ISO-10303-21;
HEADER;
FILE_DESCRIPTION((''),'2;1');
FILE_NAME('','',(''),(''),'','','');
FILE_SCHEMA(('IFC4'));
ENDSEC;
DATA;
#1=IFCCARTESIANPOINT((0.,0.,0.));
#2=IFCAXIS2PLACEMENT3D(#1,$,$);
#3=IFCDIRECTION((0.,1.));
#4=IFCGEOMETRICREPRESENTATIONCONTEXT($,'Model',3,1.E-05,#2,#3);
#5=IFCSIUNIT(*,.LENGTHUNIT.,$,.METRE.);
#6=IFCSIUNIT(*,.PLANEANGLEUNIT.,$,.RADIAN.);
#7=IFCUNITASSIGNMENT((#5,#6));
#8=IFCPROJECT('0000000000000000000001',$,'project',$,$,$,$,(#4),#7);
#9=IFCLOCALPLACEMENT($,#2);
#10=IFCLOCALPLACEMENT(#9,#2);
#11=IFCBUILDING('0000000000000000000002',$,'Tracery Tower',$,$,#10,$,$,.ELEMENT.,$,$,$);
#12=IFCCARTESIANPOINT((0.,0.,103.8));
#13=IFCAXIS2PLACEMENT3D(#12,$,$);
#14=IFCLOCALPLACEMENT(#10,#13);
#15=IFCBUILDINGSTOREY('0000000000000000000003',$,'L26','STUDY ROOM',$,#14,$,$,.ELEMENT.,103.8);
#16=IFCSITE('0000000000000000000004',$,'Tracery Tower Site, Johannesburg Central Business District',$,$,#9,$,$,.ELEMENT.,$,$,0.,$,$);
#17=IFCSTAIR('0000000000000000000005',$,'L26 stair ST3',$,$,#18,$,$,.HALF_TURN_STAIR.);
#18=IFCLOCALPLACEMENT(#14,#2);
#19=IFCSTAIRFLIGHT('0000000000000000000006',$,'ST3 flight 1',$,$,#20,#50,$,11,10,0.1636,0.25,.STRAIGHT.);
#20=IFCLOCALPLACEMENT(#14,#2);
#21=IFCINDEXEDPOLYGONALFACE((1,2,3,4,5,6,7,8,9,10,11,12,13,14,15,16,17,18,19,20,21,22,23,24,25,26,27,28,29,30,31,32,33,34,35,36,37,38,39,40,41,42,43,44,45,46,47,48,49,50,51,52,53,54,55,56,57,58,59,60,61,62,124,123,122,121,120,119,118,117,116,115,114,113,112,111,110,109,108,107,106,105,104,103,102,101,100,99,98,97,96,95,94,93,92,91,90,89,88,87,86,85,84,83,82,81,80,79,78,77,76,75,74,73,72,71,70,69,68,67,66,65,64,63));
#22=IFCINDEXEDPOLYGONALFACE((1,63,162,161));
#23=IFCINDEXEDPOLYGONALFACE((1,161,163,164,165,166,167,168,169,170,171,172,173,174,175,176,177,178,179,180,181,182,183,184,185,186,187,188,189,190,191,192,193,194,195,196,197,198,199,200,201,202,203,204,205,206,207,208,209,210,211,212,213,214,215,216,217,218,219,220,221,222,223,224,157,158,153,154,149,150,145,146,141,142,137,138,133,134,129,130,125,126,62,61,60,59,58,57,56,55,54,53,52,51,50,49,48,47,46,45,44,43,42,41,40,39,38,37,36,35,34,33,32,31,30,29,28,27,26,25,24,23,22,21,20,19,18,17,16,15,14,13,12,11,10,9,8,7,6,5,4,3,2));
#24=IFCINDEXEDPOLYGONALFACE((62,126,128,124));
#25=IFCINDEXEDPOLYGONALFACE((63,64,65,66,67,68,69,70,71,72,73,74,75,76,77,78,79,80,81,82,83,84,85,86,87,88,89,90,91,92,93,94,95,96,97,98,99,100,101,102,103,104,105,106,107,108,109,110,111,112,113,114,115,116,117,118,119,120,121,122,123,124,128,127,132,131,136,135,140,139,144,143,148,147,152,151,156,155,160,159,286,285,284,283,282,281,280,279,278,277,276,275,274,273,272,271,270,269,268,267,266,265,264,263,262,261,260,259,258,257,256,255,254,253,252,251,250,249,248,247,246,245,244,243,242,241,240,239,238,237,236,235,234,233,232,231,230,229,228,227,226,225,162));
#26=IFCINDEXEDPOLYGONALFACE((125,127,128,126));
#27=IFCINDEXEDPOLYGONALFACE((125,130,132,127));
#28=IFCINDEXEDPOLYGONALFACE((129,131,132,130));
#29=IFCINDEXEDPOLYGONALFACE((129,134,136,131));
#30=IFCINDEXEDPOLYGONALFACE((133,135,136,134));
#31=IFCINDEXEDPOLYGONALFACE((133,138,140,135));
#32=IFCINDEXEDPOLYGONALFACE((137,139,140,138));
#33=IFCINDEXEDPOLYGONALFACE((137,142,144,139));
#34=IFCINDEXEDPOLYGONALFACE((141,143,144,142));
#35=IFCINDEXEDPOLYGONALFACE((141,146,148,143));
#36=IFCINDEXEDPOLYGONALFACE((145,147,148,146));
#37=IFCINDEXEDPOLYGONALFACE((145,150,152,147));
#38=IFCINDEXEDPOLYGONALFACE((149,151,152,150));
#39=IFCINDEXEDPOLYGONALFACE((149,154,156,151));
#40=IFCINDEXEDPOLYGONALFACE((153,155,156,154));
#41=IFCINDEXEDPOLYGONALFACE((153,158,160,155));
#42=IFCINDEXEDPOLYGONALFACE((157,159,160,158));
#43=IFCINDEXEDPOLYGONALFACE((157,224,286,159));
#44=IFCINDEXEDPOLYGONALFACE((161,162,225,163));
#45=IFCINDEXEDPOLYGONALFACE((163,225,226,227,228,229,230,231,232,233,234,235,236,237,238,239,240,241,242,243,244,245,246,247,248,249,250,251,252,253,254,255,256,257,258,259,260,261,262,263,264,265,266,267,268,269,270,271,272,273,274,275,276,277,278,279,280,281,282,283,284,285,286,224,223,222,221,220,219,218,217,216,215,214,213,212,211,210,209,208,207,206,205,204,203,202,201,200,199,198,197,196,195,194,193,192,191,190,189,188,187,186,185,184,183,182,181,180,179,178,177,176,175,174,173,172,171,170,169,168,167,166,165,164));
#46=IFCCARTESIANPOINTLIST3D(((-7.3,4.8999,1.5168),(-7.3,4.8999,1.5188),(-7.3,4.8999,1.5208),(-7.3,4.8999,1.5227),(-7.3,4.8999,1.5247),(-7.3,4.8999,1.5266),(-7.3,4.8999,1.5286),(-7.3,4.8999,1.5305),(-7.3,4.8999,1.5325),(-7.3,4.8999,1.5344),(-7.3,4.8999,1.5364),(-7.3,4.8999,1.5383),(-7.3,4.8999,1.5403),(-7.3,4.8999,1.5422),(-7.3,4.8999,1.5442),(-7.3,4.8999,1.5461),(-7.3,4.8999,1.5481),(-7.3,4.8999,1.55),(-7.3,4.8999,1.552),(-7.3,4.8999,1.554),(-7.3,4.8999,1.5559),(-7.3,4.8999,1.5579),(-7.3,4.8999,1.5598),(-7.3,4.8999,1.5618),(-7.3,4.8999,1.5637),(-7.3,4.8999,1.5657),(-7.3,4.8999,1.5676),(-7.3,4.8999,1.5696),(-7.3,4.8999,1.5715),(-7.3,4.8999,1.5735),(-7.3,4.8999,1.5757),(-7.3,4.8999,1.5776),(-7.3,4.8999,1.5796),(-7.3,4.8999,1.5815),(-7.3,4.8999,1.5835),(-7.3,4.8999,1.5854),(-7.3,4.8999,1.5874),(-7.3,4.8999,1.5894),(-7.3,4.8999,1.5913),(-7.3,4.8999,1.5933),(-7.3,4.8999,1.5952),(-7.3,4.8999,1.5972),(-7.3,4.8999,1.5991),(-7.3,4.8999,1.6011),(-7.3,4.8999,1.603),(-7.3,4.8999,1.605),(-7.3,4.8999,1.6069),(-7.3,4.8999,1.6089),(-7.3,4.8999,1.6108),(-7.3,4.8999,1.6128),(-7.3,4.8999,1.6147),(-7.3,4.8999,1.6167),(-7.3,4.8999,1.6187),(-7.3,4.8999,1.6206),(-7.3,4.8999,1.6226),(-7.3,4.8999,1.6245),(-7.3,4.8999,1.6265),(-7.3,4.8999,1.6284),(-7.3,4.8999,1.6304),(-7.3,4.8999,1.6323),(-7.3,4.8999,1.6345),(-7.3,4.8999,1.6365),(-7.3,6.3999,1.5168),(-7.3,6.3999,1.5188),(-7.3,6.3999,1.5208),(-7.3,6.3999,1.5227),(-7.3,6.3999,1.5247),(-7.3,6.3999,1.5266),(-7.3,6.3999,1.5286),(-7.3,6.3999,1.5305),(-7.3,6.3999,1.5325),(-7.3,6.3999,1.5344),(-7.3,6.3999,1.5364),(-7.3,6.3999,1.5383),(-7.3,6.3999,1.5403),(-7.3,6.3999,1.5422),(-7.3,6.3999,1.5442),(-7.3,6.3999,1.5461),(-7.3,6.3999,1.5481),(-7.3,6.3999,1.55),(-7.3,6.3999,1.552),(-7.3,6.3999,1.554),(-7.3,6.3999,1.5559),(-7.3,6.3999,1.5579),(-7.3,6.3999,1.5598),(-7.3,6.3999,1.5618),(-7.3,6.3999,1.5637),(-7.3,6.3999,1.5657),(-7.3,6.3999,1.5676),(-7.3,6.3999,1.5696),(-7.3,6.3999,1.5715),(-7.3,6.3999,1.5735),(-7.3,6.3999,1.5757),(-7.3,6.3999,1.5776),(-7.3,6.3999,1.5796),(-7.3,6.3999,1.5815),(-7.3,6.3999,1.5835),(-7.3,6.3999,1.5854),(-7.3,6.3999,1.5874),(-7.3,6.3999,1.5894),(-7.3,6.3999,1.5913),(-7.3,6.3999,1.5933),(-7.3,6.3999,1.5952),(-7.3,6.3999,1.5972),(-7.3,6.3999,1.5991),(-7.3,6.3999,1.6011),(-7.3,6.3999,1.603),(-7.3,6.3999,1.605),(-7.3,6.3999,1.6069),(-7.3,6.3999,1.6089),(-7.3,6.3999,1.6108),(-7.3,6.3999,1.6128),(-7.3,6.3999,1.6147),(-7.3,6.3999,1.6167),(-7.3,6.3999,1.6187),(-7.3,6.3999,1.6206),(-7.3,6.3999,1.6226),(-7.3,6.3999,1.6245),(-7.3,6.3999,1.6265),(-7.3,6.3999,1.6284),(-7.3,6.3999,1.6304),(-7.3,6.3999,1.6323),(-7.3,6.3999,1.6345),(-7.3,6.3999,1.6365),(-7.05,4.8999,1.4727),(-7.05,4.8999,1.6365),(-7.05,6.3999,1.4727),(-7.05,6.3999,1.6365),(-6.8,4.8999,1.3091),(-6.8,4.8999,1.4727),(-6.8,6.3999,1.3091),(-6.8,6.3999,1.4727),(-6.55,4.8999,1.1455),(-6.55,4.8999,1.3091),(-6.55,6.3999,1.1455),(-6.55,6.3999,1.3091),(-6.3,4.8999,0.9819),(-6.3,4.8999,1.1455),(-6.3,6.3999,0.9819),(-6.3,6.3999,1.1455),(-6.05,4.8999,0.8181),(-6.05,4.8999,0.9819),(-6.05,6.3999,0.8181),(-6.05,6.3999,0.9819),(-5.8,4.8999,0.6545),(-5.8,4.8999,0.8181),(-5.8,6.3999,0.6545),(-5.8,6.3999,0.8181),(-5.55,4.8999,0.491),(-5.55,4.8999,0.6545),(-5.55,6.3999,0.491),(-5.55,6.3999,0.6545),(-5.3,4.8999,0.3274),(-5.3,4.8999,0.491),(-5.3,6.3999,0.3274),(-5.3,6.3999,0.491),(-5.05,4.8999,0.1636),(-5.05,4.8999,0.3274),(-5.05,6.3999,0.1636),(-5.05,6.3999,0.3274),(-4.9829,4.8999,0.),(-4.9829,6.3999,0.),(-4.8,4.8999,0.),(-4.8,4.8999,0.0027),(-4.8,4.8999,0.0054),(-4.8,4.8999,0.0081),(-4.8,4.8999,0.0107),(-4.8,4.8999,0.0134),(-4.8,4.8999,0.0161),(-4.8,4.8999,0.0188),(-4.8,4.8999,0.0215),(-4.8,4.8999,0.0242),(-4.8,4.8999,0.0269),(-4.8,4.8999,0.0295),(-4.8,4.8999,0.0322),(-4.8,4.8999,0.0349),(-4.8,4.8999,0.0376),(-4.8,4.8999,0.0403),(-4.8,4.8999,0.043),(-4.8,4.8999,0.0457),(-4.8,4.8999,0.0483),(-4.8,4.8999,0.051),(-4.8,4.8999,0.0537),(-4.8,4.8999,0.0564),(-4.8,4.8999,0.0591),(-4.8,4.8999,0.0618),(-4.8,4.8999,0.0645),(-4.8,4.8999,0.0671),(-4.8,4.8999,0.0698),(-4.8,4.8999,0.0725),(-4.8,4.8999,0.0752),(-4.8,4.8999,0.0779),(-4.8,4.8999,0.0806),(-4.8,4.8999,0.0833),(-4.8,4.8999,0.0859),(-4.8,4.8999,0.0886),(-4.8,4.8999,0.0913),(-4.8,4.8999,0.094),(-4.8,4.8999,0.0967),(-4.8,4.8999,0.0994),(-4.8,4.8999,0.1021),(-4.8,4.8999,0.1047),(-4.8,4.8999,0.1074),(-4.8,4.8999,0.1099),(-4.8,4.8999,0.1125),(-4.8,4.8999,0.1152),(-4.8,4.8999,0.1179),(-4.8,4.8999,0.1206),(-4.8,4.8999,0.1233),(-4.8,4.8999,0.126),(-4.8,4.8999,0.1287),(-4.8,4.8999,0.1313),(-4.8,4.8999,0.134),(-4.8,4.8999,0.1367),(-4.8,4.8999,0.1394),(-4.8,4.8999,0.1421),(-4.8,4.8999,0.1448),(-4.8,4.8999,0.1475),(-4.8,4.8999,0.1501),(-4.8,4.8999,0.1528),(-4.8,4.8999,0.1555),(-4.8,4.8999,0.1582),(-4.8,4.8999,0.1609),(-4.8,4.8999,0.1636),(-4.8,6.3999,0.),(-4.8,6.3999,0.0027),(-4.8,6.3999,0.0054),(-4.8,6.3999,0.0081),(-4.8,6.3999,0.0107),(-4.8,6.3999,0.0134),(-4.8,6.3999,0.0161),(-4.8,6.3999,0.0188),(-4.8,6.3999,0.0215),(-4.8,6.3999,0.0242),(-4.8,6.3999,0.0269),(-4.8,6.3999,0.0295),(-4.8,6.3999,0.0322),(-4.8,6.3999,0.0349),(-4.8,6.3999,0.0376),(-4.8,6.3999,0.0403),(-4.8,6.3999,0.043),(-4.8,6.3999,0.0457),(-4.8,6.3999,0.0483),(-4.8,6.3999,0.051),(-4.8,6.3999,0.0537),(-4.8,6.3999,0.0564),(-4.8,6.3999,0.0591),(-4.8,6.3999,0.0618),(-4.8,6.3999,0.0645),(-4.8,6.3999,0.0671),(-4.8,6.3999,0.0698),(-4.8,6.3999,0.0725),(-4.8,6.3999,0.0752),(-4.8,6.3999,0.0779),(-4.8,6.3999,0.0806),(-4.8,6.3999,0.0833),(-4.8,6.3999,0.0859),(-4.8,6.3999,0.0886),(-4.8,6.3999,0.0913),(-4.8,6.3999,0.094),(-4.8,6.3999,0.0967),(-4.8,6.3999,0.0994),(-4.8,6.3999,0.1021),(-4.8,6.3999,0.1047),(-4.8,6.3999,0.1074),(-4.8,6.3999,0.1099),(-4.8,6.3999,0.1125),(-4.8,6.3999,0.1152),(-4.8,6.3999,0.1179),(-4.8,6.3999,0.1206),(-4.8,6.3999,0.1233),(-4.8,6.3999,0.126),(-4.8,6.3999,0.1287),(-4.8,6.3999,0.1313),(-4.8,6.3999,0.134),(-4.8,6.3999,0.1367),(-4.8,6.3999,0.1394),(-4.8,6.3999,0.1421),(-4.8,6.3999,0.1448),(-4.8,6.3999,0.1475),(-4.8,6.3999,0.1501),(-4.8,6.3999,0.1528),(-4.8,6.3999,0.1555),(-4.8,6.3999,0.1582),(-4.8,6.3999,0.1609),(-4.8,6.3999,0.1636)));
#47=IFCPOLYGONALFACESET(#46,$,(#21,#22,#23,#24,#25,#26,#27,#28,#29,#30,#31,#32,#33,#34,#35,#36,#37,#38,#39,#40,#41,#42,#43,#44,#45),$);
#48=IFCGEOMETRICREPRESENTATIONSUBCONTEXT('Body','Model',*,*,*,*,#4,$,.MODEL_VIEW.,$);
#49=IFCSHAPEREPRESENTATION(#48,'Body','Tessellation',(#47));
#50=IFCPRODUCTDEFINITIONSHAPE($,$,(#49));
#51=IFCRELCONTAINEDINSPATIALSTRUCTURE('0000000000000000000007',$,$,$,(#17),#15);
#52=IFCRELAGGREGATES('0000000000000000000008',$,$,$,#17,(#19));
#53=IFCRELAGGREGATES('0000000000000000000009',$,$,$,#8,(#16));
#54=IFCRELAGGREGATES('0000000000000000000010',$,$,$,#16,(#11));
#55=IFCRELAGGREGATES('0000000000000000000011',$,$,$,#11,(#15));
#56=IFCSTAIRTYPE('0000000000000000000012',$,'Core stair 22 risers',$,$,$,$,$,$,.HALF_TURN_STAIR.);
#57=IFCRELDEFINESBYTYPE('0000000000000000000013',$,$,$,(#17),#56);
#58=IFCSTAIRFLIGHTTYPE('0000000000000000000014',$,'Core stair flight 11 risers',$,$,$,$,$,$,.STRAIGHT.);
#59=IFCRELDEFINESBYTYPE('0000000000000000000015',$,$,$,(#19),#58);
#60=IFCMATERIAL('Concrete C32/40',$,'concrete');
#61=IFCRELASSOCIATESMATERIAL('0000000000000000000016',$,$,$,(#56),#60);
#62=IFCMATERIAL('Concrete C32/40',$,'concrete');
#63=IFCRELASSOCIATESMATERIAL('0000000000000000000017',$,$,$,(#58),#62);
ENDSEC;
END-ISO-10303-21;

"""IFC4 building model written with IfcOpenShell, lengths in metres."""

from ifc_helpers import new_model, si_unit, direction, frame, origin, place, context, subcontext, project, spatial, polyline, outline, extrude, material, type_object, element, aggregate, save


model = new_model("IFC4")

# Units and contexts
model_context = context("Model", 3, precision=1e-05, world=origin(), true_north=direction((0.0, 1.0)))
body_context = subcontext(model_context, "Body", "Model", "MODEL_VIEW")
ifc_project = project(units=[si_unit("LENGTHUNIT", "METRE"), si_unit("PLANEANGLEUNIT", "RADIAN")], contexts=[model_context])

# Site, building, storey
site_placement = place(None, origin())
site = spatial("IfcSite", under=ifc_project, at=site_placement, Name="Tracery Tower Site, Johannesburg Central Business District", CompositionType="ELEMENT", RefElevation=0.0)
building_placement = place(site_placement, origin())
building = spatial("IfcBuilding", under=site, at=building_placement, Name="Tracery Tower", CompositionType="ELEMENT")
storey_placement = place(building_placement, frame((0.0, 0.0, 103.8)))
storey = spatial("IfcBuildingStorey", under=building, at=storey_placement, Name="L26", Description="STUDY ROOM", CompositionType="ELEMENT", Elevation=103.8)

# Stair, stair flight
ifc_material_1 = material(Name="Concrete C32/40", Category="concrete")
stair_type = type_object("IfcStairType", Name="Core stair 22 risers", PredefinedType="HALF_TURN_STAIR", material=ifc_material_1)
stair_placement = place(storey_placement, origin())
stair = element("IfcStair", 1, at=stair_placement, inside=storey, type_object=stair_type, Name="L26 stair ST3", PredefinedType="HALF_TURN_STAIR")
ifc_material_2 = material(Name="Concrete C32/40", Category="concrete")
stair_flight_type = type_object("IfcStairFlightType", Name="Core stair flight 11 risers", PredefinedType="STRAIGHT", material=ifc_material_2)
stair_flight_1_placement = place(storey_placement, frame((-4.8, 5.6499, 0.0), z_axis=(0.0, 0.0, 1.0), x_axis=(-1.0, 0.0, 0.0)))
stair_flight_1 = element("IfcStairFlight", 2, at=stair_flight_1_placement, type_object=stair_flight_type, Name="ST3 flight 1", NumberOfRisers=11, NumberOfTreads=10, PredefinedType="STRAIGHT", RiserHeight=0.1636, TreadLength=0.25, context=body_context, shape_type="SweptSolid", body=[
    extrude(outline(polyline([(0.0, 0.0), (0.0, 0.0027), (0.0, 0.0054), (0.0, 0.0081), (0.0, 0.0107), (0.0, 0.0134), (0.0, 0.0161), (0.0, 0.0188), (0.0, 0.0215), (0.0, 0.0242), (0.0, 0.0269), (0.0, 0.0295), (0.0, 0.0322), (0.0, 0.0349), (0.0, 0.0376), (0.0, 0.0403), (0.0, 0.043), (0.0, 0.0457), (0.0, 0.0483), (0.0, 0.051), (0.0, 0.0537), (0.0, 0.0564), (0.0, 0.0591), (0.0, 0.0618), (0.0, 0.0645), (0.0, 0.0671), (0.0, 0.0698), (0.0, 0.0725), (0.0, 0.0752), (0.0, 0.0779), (0.0, 0.0806), (0.0, 0.0833), (0.0, 0.0859), (0.0, 0.0886), (0.0, 0.0913), (0.0, 0.094), (0.0, 0.0967), (0.0, 0.0994), (0.0, 0.1021), (0.0, 0.1047), (0.0, 0.1074), (0.0, 0.1099), (0.0, 0.1125), (0.0, 0.1152), (0.0, 0.1179), (0.0, 0.1206), (0.0, 0.1233), (0.0, 0.126), (0.0, 0.1287), (0.0, 0.1313), (0.0, 0.134), (0.0, 0.1367), (0.0, 0.1394), (0.0, 0.1421), (0.0, 0.1448), (0.0, 0.1475), (0.0, 0.1501), (0.0, 0.1528), (0.0, 0.1555), (0.0, 0.1582), (0.0, 0.1609), (0.0, 0.1636), (0.25, 0.1636), (0.25, 0.3274), (0.5, 0.3274), (0.5, 0.491), (0.75, 0.491), (0.75, 0.6545), (1.0, 0.6545), (1.0, 0.8181), (1.25, 0.8181), (1.25, 0.9819), (1.5, 0.9819), (1.5, 1.1455), (1.75, 1.1455), (1.75, 1.3091), (2.0, 1.3091), (2.0, 1.4727), (2.25, 1.4727), (2.25, 1.6365), (2.5, 1.6365), (2.5, 1.6345), (2.5, 1.6323), (2.5, 1.6304), (2.5, 1.6284), (2.5, 1.6265), (2.5, 1.6245), (2.5, 1.6226), (2.5, 1.6206), (2.5, 1.6187), (2.5, 1.6167), (2.5, 1.6147), (2.5, 1.6128), (2.5, 1.6108), (2.5, 1.6089), (2.5, 1.6069), (2.5, 1.605), (2.5, 1.603), (2.5, 1.6011), (2.5, 1.5991), (2.5, 1.5972), (2.5, 1.5952), (2.5, 1.5933), (2.5, 1.5913), (2.5, 1.5894), (2.5, 1.5874), (2.5, 1.5854), (2.5, 1.5835), (2.5, 1.5815), (2.5, 1.5796), (2.5, 1.5776), (2.5, 1.5757), (2.5, 1.5735), (2.5, 1.5715), (2.5, 1.5696), (2.5, 1.5676), (2.5, 1.5657), (2.5, 1.5637), (2.5, 1.5618), (2.5, 1.5598), (2.5, 1.5579), (2.5, 1.5559), (2.5, 1.554), (2.5, 1.552), (2.5, 1.55), (2.5, 1.5481), (2.5, 1.5461), (2.5, 1.5442), (2.5, 1.5422), (2.5, 1.5403), (2.5, 1.5383), (2.5, 1.5364), (2.5, 1.5344), (2.5, 1.5325), (2.5, 1.5305), (2.5, 1.5286), (2.5, 1.5266), (2.5, 1.5247), (2.5, 1.5227), (2.5, 1.5208), (2.5, 1.5188), (2.5, 1.5168), (0.1829, 0.0), (0.0, 0.0)])), frame((0.0, 0.75, 0.0), z_axis=(0.0, -1.0, 0.0), x_axis=(1.0, 0.0, 0.0)), (0.0, 0.0, 1.0), 1.5),
])
aggregate(stair, [stair_flight_1])

save(model, "model.ifc")
